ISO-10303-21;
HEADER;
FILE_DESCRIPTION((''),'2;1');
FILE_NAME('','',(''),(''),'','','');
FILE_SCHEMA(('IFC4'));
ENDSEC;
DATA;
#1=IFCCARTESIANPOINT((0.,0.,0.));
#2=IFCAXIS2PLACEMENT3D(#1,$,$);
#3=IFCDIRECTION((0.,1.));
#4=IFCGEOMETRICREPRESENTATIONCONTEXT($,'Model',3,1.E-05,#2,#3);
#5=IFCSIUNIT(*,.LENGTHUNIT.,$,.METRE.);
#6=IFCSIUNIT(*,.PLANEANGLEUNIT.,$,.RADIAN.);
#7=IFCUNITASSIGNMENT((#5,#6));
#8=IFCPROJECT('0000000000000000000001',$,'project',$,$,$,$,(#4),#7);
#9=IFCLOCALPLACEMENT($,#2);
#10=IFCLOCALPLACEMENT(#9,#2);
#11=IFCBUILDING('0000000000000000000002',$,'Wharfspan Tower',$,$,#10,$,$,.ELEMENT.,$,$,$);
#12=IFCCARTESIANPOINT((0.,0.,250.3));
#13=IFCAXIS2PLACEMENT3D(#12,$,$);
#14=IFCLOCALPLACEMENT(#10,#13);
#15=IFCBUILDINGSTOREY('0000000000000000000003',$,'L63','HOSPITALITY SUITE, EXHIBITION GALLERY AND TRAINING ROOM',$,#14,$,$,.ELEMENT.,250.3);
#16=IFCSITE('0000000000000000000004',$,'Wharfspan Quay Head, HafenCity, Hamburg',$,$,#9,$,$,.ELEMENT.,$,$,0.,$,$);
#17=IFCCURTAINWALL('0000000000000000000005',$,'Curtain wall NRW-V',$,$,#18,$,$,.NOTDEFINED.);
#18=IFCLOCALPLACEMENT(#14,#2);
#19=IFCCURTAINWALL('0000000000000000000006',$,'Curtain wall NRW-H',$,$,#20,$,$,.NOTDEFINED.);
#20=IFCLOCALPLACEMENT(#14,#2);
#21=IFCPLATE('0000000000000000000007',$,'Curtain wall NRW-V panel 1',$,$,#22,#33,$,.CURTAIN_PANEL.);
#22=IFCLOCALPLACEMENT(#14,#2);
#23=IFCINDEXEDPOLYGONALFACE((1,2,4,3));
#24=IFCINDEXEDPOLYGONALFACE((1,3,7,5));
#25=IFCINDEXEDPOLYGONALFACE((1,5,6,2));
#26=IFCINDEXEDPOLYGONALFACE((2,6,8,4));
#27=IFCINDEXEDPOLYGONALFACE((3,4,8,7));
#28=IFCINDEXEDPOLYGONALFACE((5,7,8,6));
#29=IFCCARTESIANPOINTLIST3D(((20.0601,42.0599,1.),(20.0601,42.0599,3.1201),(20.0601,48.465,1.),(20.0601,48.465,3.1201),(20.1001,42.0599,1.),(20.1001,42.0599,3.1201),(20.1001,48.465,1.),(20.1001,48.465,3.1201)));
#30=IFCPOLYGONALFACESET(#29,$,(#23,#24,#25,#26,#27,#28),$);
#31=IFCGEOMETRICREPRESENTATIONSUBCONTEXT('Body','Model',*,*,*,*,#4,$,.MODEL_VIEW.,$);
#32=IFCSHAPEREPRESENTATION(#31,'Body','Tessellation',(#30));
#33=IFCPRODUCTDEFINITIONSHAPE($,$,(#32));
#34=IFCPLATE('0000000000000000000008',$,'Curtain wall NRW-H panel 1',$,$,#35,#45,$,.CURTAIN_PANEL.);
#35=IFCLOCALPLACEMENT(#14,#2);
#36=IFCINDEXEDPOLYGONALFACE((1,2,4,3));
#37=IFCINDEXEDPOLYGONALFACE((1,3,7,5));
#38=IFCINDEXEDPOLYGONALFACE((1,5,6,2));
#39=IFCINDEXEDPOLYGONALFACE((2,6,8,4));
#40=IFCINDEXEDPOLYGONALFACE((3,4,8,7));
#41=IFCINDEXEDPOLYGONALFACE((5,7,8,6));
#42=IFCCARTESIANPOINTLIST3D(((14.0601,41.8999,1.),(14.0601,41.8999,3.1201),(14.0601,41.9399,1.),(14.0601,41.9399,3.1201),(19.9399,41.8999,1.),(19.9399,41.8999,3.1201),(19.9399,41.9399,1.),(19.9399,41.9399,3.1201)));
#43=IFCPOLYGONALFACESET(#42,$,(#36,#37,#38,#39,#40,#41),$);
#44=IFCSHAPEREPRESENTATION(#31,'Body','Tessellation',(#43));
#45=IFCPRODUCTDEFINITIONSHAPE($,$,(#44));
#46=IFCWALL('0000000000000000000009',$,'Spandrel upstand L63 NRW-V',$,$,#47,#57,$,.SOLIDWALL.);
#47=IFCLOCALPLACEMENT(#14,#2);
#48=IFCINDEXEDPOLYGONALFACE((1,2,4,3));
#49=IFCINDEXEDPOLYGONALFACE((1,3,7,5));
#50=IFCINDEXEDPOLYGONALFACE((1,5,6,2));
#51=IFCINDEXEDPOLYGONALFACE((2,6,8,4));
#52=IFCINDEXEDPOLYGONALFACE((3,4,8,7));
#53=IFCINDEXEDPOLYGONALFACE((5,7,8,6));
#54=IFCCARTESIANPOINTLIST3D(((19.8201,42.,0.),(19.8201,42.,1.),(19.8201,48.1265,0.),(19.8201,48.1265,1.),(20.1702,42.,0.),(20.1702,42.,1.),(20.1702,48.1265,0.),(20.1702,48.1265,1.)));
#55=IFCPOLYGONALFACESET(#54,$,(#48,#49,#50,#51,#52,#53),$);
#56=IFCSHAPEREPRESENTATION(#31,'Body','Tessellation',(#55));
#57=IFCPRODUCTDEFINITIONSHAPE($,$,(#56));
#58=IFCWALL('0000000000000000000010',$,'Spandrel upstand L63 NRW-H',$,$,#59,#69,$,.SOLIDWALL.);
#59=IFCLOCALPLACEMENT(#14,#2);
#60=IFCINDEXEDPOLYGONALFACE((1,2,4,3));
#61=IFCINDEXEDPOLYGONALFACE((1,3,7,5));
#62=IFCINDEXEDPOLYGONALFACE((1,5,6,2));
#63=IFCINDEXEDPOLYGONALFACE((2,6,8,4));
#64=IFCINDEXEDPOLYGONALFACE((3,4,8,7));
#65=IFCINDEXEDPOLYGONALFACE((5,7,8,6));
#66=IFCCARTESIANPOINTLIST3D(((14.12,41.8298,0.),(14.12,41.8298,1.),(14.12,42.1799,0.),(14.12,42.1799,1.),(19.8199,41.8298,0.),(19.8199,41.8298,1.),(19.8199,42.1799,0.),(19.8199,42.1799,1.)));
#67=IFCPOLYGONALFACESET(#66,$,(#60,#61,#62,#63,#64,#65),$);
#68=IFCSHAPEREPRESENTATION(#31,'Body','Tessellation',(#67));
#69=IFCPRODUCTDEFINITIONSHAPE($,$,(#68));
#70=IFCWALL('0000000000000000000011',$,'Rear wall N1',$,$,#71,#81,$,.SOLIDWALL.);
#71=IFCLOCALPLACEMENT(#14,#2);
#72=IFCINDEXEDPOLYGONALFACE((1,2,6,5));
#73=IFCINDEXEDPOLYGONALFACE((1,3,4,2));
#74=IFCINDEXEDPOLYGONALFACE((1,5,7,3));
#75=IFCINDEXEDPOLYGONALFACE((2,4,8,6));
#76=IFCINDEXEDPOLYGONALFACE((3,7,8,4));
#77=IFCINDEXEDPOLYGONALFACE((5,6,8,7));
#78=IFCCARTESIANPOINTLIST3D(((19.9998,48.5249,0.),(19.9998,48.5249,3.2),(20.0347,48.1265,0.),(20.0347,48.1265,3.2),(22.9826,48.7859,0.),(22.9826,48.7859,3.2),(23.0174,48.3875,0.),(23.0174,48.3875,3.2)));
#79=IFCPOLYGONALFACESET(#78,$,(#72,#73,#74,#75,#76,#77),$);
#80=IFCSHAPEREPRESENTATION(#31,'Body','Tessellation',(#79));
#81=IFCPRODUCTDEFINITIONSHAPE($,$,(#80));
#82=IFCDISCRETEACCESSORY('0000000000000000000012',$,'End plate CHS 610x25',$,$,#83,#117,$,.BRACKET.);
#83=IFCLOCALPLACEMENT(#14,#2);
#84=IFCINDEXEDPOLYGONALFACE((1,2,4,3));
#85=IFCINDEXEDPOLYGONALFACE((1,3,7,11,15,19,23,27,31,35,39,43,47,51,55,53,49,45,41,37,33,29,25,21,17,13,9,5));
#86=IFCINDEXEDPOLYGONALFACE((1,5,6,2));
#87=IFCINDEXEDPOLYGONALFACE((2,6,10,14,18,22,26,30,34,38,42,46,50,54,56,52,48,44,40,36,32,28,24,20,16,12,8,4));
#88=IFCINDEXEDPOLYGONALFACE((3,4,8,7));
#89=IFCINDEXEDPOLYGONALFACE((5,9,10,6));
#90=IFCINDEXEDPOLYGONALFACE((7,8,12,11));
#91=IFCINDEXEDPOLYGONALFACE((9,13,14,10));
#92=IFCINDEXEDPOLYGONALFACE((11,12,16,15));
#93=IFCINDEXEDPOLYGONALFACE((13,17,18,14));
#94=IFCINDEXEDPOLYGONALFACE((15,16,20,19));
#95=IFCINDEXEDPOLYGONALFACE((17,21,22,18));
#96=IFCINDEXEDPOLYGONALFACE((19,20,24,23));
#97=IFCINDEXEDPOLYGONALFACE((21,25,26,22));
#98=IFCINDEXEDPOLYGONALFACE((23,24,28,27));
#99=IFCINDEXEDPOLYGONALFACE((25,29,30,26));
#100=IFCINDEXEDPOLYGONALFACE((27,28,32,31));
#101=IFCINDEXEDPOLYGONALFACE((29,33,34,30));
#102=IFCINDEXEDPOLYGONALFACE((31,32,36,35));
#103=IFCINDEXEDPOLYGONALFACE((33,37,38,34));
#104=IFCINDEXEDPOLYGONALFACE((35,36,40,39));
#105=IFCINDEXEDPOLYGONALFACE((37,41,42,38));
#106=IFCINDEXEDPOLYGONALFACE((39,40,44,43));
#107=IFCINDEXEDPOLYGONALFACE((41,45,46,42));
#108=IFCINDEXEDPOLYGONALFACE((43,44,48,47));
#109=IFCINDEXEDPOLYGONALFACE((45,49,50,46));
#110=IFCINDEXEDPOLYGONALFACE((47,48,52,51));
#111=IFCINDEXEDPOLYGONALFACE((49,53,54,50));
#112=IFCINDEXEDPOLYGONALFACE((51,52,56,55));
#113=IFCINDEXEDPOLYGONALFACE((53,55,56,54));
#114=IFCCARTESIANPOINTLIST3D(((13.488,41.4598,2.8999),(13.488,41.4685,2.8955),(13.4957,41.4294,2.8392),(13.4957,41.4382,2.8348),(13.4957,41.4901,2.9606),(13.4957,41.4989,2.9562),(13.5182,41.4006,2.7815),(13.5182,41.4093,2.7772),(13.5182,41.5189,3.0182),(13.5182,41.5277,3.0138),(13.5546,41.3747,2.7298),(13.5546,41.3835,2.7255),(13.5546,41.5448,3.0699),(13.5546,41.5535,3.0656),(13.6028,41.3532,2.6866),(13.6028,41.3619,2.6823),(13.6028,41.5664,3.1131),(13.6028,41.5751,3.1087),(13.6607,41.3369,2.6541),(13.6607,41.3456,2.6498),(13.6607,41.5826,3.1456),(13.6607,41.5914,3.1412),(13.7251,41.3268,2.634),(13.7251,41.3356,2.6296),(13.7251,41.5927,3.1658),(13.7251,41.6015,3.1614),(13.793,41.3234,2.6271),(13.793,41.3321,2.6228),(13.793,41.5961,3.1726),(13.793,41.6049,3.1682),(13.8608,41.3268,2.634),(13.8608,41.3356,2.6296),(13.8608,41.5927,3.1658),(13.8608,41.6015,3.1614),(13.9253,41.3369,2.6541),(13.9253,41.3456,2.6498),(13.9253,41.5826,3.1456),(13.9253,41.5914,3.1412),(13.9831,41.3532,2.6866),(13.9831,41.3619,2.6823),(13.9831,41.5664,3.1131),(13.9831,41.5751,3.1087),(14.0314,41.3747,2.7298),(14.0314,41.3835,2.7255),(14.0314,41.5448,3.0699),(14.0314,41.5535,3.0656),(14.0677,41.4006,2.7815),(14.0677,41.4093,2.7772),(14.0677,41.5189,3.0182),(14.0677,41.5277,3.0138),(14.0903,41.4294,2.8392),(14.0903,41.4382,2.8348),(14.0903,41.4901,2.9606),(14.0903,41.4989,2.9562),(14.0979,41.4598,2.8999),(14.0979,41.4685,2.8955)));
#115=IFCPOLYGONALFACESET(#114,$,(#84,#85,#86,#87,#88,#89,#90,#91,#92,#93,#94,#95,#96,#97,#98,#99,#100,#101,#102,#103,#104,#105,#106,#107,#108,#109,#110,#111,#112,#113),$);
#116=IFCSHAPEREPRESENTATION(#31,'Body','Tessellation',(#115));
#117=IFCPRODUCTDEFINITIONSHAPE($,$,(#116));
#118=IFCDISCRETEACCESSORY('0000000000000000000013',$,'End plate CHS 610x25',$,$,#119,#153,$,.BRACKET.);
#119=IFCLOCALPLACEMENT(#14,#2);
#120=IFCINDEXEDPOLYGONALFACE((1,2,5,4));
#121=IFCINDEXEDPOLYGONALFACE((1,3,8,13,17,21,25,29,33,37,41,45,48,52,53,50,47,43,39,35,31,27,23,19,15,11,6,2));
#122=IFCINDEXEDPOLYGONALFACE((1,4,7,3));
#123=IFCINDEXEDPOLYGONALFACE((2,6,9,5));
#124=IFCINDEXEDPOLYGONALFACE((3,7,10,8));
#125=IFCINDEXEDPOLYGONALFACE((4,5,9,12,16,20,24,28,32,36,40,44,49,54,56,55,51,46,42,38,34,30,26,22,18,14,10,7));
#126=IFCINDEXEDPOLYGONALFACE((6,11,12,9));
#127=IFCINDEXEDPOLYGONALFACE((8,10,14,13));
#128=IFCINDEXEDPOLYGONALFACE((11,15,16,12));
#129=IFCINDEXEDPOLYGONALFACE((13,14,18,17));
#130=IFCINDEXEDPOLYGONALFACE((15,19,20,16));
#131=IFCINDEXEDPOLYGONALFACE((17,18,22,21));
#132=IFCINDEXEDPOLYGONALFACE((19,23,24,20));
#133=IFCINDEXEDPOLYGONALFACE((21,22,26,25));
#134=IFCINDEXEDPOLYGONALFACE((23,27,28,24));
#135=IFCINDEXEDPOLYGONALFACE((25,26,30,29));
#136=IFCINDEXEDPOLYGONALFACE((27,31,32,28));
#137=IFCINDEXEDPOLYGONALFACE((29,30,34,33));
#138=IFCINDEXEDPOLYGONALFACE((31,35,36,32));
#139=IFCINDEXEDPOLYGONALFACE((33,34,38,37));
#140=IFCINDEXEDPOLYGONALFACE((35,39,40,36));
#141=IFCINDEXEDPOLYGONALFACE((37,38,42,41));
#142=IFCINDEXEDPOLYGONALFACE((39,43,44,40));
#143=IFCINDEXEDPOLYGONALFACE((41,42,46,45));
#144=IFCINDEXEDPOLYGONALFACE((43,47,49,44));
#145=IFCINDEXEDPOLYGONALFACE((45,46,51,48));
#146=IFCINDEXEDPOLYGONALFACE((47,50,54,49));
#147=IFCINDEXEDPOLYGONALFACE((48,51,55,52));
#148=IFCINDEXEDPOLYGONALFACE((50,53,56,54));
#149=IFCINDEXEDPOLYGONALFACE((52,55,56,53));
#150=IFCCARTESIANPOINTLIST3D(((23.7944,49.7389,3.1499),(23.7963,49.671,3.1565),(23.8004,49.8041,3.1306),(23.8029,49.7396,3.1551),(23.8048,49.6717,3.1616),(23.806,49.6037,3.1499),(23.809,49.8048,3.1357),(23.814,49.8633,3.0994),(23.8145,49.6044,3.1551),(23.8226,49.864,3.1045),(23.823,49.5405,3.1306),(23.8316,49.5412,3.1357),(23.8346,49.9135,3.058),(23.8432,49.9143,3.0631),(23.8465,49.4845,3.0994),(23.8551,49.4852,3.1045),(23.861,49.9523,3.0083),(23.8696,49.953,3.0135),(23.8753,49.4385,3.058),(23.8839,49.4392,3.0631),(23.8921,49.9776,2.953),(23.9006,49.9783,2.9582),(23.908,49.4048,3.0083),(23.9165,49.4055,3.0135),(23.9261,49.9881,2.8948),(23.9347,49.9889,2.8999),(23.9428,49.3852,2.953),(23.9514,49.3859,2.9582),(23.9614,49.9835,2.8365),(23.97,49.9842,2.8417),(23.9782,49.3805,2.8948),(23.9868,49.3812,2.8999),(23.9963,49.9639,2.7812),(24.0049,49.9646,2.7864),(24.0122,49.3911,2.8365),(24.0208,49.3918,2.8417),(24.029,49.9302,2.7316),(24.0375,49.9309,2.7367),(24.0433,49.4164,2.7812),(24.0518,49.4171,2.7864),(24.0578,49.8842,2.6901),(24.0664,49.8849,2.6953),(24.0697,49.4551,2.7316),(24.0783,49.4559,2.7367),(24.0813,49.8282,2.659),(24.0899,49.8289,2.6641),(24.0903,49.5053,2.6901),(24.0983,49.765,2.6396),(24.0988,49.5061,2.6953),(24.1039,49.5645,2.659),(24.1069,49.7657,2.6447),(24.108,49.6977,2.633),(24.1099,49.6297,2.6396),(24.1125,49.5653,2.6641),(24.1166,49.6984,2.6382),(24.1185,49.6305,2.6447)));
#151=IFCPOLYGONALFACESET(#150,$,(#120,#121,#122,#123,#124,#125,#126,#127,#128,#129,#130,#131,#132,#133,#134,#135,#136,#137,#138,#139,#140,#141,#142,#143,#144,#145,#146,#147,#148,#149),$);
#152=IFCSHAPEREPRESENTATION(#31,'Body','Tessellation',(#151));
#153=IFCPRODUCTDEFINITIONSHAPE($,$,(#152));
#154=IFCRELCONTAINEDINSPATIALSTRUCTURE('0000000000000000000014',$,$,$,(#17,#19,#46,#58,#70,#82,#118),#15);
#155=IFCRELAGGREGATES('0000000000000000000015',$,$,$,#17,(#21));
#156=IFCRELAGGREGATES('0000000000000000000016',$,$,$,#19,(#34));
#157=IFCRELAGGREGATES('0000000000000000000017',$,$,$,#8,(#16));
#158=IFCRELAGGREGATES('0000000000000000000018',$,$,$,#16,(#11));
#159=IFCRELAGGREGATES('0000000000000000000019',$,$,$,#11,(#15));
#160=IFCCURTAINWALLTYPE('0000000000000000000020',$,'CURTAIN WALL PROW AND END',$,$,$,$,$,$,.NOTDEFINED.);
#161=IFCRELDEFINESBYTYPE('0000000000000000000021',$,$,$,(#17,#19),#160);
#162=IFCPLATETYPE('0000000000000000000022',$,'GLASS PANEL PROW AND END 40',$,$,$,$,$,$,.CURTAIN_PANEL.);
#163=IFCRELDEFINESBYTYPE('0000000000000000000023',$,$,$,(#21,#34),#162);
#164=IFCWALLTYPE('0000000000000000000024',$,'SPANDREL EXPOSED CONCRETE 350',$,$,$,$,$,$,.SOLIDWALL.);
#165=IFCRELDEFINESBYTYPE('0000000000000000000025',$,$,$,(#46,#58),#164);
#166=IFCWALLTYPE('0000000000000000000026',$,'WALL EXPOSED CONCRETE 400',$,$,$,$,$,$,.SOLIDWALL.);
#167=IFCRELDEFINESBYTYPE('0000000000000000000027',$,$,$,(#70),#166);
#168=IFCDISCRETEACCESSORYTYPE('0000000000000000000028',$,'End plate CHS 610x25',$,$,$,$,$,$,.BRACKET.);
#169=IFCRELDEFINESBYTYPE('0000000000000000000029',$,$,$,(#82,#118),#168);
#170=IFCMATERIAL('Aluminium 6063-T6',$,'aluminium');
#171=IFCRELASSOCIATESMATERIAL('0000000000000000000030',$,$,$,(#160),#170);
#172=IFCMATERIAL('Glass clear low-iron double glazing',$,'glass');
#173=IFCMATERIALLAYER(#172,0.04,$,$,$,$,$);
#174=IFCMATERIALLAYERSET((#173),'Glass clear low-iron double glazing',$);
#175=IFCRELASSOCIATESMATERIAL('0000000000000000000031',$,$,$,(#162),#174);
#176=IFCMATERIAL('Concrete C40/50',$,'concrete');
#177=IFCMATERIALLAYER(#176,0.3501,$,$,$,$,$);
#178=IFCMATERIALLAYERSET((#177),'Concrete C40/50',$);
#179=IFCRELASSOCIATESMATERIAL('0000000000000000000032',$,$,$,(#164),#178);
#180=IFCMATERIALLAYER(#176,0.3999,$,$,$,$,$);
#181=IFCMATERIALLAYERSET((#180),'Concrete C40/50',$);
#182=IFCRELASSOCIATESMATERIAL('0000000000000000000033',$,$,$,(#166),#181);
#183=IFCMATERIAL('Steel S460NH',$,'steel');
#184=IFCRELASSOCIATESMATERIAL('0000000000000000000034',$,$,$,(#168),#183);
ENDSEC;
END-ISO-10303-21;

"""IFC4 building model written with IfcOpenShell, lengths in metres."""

from ifc_helpers import new_model, si_unit, direction, frame, frame_2d, origin, origin_2d, place, context, subcontext, project, spatial, rectangle, circle, extrude, material, layer, layer_set, material_profile, profile_set, type_object, element, aggregate, save


model = new_model("IFC4")

# Units and contexts
model_context = context("Model", 3, precision=1e-05, world=origin(), true_north=direction((0.0, 1.0)))
body_context = subcontext(model_context, "Body", "Model", "MODEL_VIEW")
ifc_project = project(units=[si_unit("LENGTHUNIT", "METRE"), si_unit("PLANEANGLEUNIT", "RADIAN")], contexts=[model_context])

# Site, building, storey
site_placement = place(None, origin())
site = spatial("IfcSite", under=ifc_project, at=site_placement, Name="Wharfspan Quay Head, HafenCity, Hamburg", CompositionType="ELEMENT", RefElevation=0.0)
building_placement = place(site_placement, origin())
building = spatial("IfcBuilding", under=site, at=building_placement, Name="Wharfspan Tower", CompositionType="ELEMENT")
storey_placement = place(building_placement, frame((0.0, 0.0, 250.3)))
storey = spatial("IfcBuildingStorey", under=building, at=storey_placement, Name="L63", Description="HOSPITALITY SUITE, EXHIBITION GALLERY AND TRAINING ROOM", CompositionType="ELEMENT", Elevation=250.3)

# Curtain walls
ifc_material_1 = material(Name="Aluminium 6063-T6", Category="aluminium")
curtain_wall_type = type_object("IfcCurtainWallType", Name="CURTAIN WALL PROW AND END", PredefinedType="NOTDEFINED", material=ifc_material_1)
curtain_wall_1_placement = place(storey_placement, origin())
curtain_wall_1 = element("IfcCurtainWall", 1, at=curtain_wall_1_placement, inside=storey, type_object=curtain_wall_type, Name="Curtain wall NRW-V", PredefinedType="NOTDEFINED")
curtain_wall_2_placement = place(storey_placement, origin())
curtain_wall_2 = element("IfcCurtainWall", 2, at=curtain_wall_2_placement, inside=storey, type_object=curtain_wall_type, Name="Curtain wall NRW-H", PredefinedType="NOTDEFINED")

# Shared definitions
ifc_material_2 = material(Name="Steel S460NH", Category="steel")

# Plates
ifc_material_3 = material(Name="Glass clear low-iron double glazing", Category="glass")
ifc_layer_1 = layer(ifc_material_3, 0.04)
ifc_layer_set_1 = layer_set([ifc_layer_1], Name="Glass clear low-iron double glazing")
plate_type = type_object("IfcPlateType", Name="GLASS PANEL PROW AND END 40", PredefinedType="CURTAIN_PANEL", material=ifc_layer_set_1)
plate_1_placement = place(storey_placement, frame((20.0801, 45.2625, 1.0), z_axis=(0.0, 0.0, 1.0), x_axis=(0.0, -1.0, 0.0)))
plate_1 = element("IfcPlate", 3, at=plate_1_placement, type_object=plate_type, Name="Curtain wall NRW-V panel 1", PredefinedType="CURTAIN_PANEL", context=body_context, shape_type="SweptSolid", body=[
    extrude(rectangle(XDim=6.405, YDim=0.04, at=origin_2d()), origin(), (0.0, 0.0, 1.0), 2.1201),
])
aggregate(curtain_wall_1, [plate_1])
plate_2_placement = place(storey_placement, frame((17.0, 41.9199, 1.0), z_axis=(0.0, 0.0, 1.0), x_axis=(-1.0, 0.0, 0.0)))
plate_2 = element("IfcPlate", 4, at=plate_2_placement, type_object=plate_type, Name="Curtain wall NRW-H panel 1", PredefinedType="CURTAIN_PANEL", context=body_context, shape_type="SweptSolid", body=[
    extrude(rectangle(XDim=5.8799, YDim=0.04, at=origin_2d()), origin(), (0.0, 0.0, 1.0), 2.1201),
])
aggregate(curtain_wall_2, [plate_2])

# Walls
ifc_material_4 = material(Name="Concrete C40/50", Category="concrete")
ifc_layer_2 = layer(ifc_material_4, 0.3501)
ifc_layer_set_2 = layer_set([ifc_layer_2], Name="Concrete C40/50")
wall_type_1 = type_object("IfcWallType", Name="SPANDREL EXPOSED CONCRETE 350", PredefinedType="SOLIDWALL", material=ifc_layer_set_2)
wall_1_placement = place(storey_placement, frame((19.9951, 48.1265, 0.0), z_axis=(0.0, 0.0, 1.0), x_axis=(0.0, -1.0, 0.0)))
element("IfcWall", 5, at=wall_1_placement, inside=storey, type_object=wall_type_1, Name="Spandrel upstand L63 NRW-V", PredefinedType="SOLIDWALL", context=body_context, shape_type="SweptSolid", body=[
    extrude(rectangle(XDim=6.1265, YDim=0.3501, at=frame_2d((3.0632, 0.0))), origin(), (0.0, 0.0, 1.0), 1.0),
])
wall_2_placement = place(storey_placement, frame((19.8201, 42.0049, 0.0), z_axis=(0.0, 0.0, 1.0), x_axis=(-1.0, 0.0, 0.0)))
element("IfcWall", 6, at=wall_2_placement, inside=storey, type_object=wall_type_1, Name="Spandrel upstand L63 NRW-H", PredefinedType="SOLIDWALL", context=body_context, shape_type="SweptSolid", body=[
    extrude(rectangle(XDim=5.7, YDim=0.3501, at=frame_2d((2.8501, 0.0))), origin(), (0.0, 0.0, 1.0), 1.0),
])
ifc_layer_3 = layer(ifc_material_4, 0.3999)
ifc_layer_set_3 = layer_set([ifc_layer_3], Name="Concrete C40/50")
wall_type_2 = type_object("IfcWallType", Name="WALL EXPOSED CONCRETE 400", PredefinedType="SOLIDWALL", material=ifc_layer_set_3)
wall_3_placement = place(storey_placement, frame((23.0, 48.5867, 0.0), z_axis=(0.0, 0.0, 1.0), x_axis=(-0.996194, -0.087168, 0.0)))
element("IfcWall", 7, at=wall_3_placement, inside=storey, type_object=wall_type_2, Name="Rear wall N1", PredefinedType="SOLIDWALL", context=body_context, shape_type="SweptSolid", body=[
    extrude(rectangle(XDim=2.9941, YDim=0.3999, at=frame_2d((1.4971, 0.0))), origin(), (0.0, 0.0, 1.0), 3.2),
])

# Discrete accessories
ifc_material_profile_1 = material_profile(ifc_material_2, circle(Radius=0.3049, at=origin_2d()))
ifc_profile_set_1 = profile_set([ifc_material_profile_1], Name="Steel S460NH")
discrete_accessory_type = type_object("IfcDiscreteAccessoryType", Name="End plate CHS 610x25", PredefinedType="BRACKET", material=ifc_profile_set_1)
discrete_accessory_1_placement = place(storey_placement, frame((13.793, 41.4685, 2.8955), z_axis=(0.0, -0.894427, 0.447214), x_axis=(1.0, 0.0, 0.0)))
element("IfcDiscreteAccessory", 8, at=discrete_accessory_1_placement, inside=storey, type_object=discrete_accessory_type, Name="End plate CHS 610x25", PredefinedType="BRACKET", context=body_context, shape_type="SweptSolid", body=[
    extrude(circle(Radius=0.3049, at=origin_2d()), origin(), (0.0, 0.0, 1.0), 0.0098),
])
discrete_accessory_2_placement = place(storey_placement, frame((23.9521, 49.6843, 2.8948), z_axis=(0.855186, 0.073302, 0.513112), x_axis=(-0.085402, 0.996345, 0.000001)))
element("IfcDiscreteAccessory", 9, at=discrete_accessory_2_placement, inside=storey, type_object=discrete_accessory_type, Name="End plate CHS 610x25", PredefinedType="BRACKET", context=body_context, shape_type="SweptSolid", body=[
    extrude(circle(Radius=0.3049, at=origin_2d()), origin(), (0.0, 0.0, 1.0), 0.01),
])

save(model, "model.ifc")
